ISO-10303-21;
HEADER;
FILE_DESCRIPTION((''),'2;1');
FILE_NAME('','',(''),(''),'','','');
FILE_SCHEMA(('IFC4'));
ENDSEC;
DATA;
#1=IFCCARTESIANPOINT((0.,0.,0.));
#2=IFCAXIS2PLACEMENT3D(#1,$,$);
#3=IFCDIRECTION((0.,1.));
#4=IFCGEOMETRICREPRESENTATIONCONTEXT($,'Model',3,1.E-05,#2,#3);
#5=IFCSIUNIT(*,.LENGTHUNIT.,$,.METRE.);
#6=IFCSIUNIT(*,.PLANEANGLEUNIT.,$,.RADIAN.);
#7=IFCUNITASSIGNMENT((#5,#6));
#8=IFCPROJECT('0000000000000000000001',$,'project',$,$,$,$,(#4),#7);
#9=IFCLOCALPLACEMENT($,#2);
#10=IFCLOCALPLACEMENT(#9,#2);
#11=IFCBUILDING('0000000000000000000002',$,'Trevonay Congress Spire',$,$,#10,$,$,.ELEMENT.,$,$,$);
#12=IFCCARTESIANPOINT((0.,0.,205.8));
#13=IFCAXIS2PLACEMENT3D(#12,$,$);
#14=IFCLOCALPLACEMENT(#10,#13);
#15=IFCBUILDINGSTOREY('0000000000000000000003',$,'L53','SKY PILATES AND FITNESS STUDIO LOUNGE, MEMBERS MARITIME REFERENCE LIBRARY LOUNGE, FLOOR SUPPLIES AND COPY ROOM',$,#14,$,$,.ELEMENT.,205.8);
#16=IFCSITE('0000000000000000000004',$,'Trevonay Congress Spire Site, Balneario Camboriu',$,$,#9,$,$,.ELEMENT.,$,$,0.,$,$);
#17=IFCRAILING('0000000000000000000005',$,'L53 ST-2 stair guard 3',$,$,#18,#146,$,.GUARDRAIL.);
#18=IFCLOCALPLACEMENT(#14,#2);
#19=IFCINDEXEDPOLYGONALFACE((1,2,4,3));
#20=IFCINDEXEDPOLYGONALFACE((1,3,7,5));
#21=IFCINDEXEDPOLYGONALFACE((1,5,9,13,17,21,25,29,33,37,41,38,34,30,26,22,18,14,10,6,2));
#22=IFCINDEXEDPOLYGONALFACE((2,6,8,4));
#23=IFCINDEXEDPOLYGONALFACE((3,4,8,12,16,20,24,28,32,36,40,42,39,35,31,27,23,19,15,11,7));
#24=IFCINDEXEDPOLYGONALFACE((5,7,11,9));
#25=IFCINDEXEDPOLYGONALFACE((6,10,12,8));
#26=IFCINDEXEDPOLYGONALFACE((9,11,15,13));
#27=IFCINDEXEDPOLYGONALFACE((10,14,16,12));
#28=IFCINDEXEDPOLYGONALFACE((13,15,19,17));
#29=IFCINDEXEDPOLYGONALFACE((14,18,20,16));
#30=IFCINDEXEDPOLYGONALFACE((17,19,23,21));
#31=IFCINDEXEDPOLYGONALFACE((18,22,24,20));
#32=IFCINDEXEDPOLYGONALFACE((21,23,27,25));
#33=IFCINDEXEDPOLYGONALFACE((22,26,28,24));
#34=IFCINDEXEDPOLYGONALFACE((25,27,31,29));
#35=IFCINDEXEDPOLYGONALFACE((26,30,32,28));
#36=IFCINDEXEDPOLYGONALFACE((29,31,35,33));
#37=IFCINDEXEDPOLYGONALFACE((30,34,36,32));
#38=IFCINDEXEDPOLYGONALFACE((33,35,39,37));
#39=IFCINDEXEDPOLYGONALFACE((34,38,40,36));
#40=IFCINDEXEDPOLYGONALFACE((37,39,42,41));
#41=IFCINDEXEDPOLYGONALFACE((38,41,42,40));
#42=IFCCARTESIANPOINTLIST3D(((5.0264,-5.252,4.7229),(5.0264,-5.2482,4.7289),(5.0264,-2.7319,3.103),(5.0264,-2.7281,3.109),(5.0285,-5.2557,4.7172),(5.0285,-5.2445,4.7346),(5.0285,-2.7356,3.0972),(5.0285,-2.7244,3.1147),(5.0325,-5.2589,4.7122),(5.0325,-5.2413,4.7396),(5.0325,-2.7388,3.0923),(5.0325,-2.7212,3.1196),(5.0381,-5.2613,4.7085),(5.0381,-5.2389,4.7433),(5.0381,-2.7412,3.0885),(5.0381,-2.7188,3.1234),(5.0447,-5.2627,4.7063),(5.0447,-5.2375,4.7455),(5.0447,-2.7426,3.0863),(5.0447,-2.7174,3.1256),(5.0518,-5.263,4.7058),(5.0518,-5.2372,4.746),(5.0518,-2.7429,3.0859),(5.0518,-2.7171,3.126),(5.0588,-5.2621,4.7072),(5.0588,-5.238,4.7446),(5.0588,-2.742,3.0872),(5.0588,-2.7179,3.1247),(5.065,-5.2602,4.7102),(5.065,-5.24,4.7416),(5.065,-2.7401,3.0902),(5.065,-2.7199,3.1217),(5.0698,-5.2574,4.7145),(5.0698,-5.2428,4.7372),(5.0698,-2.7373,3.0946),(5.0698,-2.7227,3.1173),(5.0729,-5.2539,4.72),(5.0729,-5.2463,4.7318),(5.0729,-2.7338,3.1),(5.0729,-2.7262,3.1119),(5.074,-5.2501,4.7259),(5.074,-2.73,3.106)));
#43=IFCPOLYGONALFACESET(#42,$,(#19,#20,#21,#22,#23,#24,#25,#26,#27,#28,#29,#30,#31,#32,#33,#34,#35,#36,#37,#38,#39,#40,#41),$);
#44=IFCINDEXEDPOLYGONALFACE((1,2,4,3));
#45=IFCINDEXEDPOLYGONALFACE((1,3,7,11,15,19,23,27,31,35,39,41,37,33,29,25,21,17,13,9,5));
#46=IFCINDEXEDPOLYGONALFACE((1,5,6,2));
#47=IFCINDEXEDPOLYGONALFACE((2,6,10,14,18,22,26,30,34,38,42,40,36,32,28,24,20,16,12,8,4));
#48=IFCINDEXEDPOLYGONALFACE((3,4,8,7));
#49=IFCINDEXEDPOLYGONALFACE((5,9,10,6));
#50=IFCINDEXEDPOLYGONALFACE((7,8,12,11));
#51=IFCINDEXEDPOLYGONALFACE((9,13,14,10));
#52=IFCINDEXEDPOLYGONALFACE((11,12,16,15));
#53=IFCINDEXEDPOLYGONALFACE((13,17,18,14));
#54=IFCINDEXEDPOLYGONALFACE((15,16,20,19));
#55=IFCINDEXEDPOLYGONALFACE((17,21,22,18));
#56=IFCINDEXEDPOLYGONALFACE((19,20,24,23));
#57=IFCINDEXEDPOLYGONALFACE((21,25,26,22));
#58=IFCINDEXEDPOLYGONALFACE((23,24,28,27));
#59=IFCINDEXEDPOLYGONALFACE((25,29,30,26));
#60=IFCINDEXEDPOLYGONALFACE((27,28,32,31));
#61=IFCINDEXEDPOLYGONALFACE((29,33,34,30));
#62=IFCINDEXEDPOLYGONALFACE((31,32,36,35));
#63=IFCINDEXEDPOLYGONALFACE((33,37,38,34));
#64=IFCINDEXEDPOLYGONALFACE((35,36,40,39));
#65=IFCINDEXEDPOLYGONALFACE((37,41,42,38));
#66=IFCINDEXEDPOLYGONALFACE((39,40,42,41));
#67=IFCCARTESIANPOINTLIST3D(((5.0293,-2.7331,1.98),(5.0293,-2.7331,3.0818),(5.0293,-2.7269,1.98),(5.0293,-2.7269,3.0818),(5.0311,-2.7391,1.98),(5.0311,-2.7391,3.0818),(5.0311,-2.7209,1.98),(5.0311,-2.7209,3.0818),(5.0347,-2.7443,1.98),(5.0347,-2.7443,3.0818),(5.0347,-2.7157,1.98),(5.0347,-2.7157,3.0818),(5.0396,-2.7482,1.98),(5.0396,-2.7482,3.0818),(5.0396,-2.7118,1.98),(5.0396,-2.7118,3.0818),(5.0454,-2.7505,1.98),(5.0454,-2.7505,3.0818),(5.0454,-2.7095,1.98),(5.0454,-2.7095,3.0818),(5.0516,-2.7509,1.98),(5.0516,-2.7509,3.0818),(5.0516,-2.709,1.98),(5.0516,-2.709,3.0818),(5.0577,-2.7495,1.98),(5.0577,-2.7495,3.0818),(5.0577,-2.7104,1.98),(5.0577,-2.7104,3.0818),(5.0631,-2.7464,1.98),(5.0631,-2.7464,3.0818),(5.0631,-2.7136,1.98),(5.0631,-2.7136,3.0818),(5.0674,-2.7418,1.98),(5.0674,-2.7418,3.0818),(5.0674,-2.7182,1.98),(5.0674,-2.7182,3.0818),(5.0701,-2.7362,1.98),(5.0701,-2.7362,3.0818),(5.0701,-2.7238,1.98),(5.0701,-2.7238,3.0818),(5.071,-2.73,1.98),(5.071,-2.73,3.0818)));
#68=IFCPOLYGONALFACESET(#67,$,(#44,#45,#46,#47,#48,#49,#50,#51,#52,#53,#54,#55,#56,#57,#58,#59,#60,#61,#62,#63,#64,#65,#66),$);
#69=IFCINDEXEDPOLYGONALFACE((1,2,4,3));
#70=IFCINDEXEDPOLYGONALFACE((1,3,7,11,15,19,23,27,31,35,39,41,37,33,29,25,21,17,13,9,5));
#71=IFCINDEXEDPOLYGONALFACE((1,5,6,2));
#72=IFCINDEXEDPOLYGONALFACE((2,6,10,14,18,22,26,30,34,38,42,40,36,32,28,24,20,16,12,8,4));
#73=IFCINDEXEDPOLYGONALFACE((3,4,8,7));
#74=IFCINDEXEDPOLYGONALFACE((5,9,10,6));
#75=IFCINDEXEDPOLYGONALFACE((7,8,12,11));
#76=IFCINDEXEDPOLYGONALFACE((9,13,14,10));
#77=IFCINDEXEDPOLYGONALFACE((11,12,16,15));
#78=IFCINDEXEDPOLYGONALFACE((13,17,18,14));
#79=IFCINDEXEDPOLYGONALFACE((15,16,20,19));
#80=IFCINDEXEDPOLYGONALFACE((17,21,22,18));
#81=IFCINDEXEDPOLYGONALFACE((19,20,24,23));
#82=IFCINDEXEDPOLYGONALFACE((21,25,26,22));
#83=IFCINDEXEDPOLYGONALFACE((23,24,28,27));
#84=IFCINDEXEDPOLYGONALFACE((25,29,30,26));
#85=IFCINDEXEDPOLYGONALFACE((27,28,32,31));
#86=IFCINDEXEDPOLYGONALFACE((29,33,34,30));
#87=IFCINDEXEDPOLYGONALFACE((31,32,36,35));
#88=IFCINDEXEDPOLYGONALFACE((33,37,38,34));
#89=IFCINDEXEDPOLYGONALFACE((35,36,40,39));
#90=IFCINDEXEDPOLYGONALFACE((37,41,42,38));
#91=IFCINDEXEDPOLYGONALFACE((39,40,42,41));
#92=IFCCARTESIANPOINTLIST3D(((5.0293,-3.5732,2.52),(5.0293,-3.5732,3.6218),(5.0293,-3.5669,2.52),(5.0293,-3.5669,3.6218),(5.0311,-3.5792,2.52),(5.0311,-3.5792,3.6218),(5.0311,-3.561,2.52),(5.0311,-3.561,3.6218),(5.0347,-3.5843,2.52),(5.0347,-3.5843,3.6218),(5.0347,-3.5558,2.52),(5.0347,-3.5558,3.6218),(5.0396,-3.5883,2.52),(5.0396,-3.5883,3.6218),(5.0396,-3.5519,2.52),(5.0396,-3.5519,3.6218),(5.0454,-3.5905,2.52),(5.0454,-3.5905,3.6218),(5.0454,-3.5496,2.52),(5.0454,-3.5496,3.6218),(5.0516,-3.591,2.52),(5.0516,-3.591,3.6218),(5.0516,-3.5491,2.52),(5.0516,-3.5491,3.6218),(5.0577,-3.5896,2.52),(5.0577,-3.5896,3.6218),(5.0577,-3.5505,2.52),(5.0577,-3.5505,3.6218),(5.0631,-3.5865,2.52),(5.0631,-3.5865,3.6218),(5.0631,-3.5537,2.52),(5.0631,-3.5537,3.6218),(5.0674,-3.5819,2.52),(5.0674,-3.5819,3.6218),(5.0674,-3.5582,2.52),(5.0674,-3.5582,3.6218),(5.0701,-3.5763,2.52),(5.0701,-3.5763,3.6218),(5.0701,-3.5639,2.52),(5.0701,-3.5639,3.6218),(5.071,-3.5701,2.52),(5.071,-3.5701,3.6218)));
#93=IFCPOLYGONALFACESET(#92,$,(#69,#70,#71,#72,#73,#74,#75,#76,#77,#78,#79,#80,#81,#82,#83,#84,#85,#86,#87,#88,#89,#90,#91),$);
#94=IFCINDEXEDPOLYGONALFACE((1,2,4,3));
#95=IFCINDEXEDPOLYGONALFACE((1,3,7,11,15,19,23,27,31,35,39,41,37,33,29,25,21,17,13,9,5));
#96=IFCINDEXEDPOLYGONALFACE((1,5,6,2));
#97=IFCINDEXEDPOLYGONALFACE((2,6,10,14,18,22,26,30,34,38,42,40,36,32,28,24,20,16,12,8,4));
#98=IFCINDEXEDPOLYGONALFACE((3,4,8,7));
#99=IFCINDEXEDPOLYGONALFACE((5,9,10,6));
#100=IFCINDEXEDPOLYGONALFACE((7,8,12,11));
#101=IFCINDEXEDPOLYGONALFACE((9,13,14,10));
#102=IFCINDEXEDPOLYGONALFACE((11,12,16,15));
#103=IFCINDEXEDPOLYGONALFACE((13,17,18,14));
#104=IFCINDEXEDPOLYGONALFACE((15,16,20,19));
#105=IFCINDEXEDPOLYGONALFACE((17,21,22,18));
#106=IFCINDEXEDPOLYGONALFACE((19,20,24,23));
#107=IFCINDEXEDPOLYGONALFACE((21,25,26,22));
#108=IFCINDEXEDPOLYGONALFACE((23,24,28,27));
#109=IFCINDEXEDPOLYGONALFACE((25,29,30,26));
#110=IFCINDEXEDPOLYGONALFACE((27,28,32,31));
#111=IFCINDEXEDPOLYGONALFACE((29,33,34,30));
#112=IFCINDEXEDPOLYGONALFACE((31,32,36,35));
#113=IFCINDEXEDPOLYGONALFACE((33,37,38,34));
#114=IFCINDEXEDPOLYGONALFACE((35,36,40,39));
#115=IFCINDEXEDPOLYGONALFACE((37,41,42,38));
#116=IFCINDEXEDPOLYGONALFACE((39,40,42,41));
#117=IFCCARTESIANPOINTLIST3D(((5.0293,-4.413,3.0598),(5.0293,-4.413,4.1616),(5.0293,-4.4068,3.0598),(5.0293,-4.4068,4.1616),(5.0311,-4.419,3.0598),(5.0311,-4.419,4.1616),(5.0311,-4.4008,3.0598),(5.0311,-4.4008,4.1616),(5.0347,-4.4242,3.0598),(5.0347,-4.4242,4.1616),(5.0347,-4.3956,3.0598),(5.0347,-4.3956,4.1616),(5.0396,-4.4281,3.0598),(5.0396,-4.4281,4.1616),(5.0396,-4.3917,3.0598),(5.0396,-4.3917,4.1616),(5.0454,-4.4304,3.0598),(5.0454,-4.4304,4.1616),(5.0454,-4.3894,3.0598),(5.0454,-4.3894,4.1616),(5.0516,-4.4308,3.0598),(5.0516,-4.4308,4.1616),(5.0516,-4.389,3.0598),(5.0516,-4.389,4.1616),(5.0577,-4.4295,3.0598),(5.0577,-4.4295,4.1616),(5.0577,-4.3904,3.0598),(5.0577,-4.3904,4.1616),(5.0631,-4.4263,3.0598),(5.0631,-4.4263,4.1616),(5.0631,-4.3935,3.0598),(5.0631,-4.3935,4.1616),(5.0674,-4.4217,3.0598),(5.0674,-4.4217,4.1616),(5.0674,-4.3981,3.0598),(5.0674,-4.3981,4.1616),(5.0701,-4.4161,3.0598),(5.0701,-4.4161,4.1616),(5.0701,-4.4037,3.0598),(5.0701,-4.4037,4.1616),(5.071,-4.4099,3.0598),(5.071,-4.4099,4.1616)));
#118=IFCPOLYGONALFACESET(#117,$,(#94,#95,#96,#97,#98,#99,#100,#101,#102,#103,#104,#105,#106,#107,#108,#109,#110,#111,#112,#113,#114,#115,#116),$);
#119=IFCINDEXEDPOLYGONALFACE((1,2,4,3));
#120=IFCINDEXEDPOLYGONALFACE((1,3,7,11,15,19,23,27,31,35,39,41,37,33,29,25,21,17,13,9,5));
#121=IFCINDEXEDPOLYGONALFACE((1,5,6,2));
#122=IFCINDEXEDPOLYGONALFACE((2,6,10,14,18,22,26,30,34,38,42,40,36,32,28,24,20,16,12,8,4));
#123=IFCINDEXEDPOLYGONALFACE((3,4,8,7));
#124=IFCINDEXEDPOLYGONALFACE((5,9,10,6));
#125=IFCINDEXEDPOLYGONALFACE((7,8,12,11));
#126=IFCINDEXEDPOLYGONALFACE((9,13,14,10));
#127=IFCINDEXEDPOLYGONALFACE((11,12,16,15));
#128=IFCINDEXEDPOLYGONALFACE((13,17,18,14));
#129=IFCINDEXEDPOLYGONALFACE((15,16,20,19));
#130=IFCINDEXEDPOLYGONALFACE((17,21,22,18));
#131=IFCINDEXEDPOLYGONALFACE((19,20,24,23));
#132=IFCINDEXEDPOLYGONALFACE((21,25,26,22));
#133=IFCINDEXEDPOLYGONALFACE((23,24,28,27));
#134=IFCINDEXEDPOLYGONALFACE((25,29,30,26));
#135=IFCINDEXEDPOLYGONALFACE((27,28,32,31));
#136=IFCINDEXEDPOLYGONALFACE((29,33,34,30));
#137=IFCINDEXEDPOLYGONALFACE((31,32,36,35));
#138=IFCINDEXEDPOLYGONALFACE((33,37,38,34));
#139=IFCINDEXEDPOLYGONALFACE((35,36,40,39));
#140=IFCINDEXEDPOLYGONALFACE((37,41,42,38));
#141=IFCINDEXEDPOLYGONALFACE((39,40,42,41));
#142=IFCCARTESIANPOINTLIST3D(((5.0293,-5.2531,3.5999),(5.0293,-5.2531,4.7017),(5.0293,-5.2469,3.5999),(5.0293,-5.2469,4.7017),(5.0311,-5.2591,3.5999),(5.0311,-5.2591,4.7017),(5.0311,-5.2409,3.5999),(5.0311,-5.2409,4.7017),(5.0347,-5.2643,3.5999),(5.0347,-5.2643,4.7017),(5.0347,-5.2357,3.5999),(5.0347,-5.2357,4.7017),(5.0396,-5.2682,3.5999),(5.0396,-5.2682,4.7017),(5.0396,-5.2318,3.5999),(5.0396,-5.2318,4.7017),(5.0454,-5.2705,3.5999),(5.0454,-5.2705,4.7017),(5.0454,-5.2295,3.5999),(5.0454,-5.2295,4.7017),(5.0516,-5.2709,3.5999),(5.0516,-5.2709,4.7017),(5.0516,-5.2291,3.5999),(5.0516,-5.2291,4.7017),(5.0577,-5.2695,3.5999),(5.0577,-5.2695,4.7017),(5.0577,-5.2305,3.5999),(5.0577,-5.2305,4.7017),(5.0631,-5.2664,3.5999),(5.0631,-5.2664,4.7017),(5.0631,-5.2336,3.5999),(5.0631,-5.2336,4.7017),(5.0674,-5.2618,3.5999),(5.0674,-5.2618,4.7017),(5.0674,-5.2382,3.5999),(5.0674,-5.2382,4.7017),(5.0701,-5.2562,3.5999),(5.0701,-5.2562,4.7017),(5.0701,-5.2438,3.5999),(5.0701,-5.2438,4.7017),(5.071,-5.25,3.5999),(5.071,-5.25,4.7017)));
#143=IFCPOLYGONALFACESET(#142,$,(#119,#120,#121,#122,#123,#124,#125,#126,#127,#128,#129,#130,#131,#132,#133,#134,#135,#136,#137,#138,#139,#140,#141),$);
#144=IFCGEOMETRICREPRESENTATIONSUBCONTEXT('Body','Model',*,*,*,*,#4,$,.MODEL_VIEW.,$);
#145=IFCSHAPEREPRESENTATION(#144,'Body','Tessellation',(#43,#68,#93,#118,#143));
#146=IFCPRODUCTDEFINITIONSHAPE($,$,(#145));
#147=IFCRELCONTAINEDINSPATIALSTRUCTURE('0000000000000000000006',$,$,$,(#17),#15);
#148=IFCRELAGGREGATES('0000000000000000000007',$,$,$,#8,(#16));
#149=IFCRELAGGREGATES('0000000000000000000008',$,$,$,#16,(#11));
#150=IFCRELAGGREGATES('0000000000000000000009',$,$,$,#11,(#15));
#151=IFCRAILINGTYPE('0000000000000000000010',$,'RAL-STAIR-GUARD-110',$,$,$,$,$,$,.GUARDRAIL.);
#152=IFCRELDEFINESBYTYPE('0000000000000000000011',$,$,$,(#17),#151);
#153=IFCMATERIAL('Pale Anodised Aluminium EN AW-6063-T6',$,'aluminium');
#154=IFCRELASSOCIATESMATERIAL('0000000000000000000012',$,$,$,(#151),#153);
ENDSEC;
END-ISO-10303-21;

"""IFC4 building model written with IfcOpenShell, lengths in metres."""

from ifc_helpers import new_model, si_unit, direction, frame, origin, origin_2d, place, context, subcontext, project, spatial, circle, extrude, material, type_object, element, save


model = new_model("IFC4")

# Units and contexts
model_context = context("Model", 3, precision=1e-05, world=origin(), true_north=direction((0.0, 1.0)))
body_context = subcontext(model_context, "Body", "Model", "MODEL_VIEW")
ifc_project = project(units=[si_unit("LENGTHUNIT", "METRE"), si_unit("PLANEANGLEUNIT", "RADIAN")], contexts=[model_context])

# Site, building, storey
site_placement = place(None, origin())
site = spatial("IfcSite", under=ifc_project, at=site_placement, Name="Trevonay Congress Spire Site, Balneario Camboriu", CompositionType="ELEMENT", RefElevation=0.0)
building_placement = place(site_placement, origin())
building = spatial("IfcBuilding", under=site, at=building_placement, Name="Trevonay Congress Spire", CompositionType="ELEMENT")
storey_placement = place(building_placement, frame((0.0, 0.0, 205.8)))
storey = spatial("IfcBuildingStorey", under=building, at=storey_placement, Name="L53", Description="SKY PILATES AND FITNESS STUDIO LOUNGE, MEMBERS MARITIME REFERENCE LIBRARY LOUNGE, FLOOR SUPPLIES AND COPY ROOM", CompositionType="ELEMENT", Elevation=205.8)

# Railing
ifc_material_1 = material(Name="Pale Anodised Aluminium EN AW-6063-T6", Category="aluminium")
railing_type_1 = type_object("IfcRailingType", Name="RAL-STAIR-GUARD-110", PredefinedType="GUARDRAIL", material=ifc_material_1)
railing_1_placement = place(storey_placement, frame((5.05, -2.73, 1.98)))
element("IfcRailing", 1, at=railing_1_placement, inside=storey, type_object=railing_type_1, Name="L53 ST-2 stair guard 3", PredefinedType="GUARDRAIL", context=body_context, shape_type="SweptSolid", body=[
    extrude(circle(Radius=0.0239, at=origin_2d()), frame((0.0, 0.0, 1.126), z_axis=(0.0, -0.8412, 0.540725), x_axis=(1.0, 0.0, 0.0)), (0.0, 0.0, 1.0), 2.9958),
    extrude(circle(Radius=0.021, at=origin_2d()), origin(), (0.0, 0.0, 1.0), 1.1018),
    extrude(circle(Radius=0.021, at=origin_2d()), frame((0.0, -0.8401, 0.54)), (0.0, 0.0, 1.0), 1.1018),
    extrude(circle(Radius=0.021, at=origin_2d()), frame((0.0, -1.6799, 1.0798)), (0.0, 0.0, 1.0), 1.1018),
    extrude(circle(Radius=0.021, at=origin_2d()), frame((0.0, -2.52, 1.6199)), (0.0, 0.0, 1.0), 1.1018),
])

save(model, "model.ifc")
